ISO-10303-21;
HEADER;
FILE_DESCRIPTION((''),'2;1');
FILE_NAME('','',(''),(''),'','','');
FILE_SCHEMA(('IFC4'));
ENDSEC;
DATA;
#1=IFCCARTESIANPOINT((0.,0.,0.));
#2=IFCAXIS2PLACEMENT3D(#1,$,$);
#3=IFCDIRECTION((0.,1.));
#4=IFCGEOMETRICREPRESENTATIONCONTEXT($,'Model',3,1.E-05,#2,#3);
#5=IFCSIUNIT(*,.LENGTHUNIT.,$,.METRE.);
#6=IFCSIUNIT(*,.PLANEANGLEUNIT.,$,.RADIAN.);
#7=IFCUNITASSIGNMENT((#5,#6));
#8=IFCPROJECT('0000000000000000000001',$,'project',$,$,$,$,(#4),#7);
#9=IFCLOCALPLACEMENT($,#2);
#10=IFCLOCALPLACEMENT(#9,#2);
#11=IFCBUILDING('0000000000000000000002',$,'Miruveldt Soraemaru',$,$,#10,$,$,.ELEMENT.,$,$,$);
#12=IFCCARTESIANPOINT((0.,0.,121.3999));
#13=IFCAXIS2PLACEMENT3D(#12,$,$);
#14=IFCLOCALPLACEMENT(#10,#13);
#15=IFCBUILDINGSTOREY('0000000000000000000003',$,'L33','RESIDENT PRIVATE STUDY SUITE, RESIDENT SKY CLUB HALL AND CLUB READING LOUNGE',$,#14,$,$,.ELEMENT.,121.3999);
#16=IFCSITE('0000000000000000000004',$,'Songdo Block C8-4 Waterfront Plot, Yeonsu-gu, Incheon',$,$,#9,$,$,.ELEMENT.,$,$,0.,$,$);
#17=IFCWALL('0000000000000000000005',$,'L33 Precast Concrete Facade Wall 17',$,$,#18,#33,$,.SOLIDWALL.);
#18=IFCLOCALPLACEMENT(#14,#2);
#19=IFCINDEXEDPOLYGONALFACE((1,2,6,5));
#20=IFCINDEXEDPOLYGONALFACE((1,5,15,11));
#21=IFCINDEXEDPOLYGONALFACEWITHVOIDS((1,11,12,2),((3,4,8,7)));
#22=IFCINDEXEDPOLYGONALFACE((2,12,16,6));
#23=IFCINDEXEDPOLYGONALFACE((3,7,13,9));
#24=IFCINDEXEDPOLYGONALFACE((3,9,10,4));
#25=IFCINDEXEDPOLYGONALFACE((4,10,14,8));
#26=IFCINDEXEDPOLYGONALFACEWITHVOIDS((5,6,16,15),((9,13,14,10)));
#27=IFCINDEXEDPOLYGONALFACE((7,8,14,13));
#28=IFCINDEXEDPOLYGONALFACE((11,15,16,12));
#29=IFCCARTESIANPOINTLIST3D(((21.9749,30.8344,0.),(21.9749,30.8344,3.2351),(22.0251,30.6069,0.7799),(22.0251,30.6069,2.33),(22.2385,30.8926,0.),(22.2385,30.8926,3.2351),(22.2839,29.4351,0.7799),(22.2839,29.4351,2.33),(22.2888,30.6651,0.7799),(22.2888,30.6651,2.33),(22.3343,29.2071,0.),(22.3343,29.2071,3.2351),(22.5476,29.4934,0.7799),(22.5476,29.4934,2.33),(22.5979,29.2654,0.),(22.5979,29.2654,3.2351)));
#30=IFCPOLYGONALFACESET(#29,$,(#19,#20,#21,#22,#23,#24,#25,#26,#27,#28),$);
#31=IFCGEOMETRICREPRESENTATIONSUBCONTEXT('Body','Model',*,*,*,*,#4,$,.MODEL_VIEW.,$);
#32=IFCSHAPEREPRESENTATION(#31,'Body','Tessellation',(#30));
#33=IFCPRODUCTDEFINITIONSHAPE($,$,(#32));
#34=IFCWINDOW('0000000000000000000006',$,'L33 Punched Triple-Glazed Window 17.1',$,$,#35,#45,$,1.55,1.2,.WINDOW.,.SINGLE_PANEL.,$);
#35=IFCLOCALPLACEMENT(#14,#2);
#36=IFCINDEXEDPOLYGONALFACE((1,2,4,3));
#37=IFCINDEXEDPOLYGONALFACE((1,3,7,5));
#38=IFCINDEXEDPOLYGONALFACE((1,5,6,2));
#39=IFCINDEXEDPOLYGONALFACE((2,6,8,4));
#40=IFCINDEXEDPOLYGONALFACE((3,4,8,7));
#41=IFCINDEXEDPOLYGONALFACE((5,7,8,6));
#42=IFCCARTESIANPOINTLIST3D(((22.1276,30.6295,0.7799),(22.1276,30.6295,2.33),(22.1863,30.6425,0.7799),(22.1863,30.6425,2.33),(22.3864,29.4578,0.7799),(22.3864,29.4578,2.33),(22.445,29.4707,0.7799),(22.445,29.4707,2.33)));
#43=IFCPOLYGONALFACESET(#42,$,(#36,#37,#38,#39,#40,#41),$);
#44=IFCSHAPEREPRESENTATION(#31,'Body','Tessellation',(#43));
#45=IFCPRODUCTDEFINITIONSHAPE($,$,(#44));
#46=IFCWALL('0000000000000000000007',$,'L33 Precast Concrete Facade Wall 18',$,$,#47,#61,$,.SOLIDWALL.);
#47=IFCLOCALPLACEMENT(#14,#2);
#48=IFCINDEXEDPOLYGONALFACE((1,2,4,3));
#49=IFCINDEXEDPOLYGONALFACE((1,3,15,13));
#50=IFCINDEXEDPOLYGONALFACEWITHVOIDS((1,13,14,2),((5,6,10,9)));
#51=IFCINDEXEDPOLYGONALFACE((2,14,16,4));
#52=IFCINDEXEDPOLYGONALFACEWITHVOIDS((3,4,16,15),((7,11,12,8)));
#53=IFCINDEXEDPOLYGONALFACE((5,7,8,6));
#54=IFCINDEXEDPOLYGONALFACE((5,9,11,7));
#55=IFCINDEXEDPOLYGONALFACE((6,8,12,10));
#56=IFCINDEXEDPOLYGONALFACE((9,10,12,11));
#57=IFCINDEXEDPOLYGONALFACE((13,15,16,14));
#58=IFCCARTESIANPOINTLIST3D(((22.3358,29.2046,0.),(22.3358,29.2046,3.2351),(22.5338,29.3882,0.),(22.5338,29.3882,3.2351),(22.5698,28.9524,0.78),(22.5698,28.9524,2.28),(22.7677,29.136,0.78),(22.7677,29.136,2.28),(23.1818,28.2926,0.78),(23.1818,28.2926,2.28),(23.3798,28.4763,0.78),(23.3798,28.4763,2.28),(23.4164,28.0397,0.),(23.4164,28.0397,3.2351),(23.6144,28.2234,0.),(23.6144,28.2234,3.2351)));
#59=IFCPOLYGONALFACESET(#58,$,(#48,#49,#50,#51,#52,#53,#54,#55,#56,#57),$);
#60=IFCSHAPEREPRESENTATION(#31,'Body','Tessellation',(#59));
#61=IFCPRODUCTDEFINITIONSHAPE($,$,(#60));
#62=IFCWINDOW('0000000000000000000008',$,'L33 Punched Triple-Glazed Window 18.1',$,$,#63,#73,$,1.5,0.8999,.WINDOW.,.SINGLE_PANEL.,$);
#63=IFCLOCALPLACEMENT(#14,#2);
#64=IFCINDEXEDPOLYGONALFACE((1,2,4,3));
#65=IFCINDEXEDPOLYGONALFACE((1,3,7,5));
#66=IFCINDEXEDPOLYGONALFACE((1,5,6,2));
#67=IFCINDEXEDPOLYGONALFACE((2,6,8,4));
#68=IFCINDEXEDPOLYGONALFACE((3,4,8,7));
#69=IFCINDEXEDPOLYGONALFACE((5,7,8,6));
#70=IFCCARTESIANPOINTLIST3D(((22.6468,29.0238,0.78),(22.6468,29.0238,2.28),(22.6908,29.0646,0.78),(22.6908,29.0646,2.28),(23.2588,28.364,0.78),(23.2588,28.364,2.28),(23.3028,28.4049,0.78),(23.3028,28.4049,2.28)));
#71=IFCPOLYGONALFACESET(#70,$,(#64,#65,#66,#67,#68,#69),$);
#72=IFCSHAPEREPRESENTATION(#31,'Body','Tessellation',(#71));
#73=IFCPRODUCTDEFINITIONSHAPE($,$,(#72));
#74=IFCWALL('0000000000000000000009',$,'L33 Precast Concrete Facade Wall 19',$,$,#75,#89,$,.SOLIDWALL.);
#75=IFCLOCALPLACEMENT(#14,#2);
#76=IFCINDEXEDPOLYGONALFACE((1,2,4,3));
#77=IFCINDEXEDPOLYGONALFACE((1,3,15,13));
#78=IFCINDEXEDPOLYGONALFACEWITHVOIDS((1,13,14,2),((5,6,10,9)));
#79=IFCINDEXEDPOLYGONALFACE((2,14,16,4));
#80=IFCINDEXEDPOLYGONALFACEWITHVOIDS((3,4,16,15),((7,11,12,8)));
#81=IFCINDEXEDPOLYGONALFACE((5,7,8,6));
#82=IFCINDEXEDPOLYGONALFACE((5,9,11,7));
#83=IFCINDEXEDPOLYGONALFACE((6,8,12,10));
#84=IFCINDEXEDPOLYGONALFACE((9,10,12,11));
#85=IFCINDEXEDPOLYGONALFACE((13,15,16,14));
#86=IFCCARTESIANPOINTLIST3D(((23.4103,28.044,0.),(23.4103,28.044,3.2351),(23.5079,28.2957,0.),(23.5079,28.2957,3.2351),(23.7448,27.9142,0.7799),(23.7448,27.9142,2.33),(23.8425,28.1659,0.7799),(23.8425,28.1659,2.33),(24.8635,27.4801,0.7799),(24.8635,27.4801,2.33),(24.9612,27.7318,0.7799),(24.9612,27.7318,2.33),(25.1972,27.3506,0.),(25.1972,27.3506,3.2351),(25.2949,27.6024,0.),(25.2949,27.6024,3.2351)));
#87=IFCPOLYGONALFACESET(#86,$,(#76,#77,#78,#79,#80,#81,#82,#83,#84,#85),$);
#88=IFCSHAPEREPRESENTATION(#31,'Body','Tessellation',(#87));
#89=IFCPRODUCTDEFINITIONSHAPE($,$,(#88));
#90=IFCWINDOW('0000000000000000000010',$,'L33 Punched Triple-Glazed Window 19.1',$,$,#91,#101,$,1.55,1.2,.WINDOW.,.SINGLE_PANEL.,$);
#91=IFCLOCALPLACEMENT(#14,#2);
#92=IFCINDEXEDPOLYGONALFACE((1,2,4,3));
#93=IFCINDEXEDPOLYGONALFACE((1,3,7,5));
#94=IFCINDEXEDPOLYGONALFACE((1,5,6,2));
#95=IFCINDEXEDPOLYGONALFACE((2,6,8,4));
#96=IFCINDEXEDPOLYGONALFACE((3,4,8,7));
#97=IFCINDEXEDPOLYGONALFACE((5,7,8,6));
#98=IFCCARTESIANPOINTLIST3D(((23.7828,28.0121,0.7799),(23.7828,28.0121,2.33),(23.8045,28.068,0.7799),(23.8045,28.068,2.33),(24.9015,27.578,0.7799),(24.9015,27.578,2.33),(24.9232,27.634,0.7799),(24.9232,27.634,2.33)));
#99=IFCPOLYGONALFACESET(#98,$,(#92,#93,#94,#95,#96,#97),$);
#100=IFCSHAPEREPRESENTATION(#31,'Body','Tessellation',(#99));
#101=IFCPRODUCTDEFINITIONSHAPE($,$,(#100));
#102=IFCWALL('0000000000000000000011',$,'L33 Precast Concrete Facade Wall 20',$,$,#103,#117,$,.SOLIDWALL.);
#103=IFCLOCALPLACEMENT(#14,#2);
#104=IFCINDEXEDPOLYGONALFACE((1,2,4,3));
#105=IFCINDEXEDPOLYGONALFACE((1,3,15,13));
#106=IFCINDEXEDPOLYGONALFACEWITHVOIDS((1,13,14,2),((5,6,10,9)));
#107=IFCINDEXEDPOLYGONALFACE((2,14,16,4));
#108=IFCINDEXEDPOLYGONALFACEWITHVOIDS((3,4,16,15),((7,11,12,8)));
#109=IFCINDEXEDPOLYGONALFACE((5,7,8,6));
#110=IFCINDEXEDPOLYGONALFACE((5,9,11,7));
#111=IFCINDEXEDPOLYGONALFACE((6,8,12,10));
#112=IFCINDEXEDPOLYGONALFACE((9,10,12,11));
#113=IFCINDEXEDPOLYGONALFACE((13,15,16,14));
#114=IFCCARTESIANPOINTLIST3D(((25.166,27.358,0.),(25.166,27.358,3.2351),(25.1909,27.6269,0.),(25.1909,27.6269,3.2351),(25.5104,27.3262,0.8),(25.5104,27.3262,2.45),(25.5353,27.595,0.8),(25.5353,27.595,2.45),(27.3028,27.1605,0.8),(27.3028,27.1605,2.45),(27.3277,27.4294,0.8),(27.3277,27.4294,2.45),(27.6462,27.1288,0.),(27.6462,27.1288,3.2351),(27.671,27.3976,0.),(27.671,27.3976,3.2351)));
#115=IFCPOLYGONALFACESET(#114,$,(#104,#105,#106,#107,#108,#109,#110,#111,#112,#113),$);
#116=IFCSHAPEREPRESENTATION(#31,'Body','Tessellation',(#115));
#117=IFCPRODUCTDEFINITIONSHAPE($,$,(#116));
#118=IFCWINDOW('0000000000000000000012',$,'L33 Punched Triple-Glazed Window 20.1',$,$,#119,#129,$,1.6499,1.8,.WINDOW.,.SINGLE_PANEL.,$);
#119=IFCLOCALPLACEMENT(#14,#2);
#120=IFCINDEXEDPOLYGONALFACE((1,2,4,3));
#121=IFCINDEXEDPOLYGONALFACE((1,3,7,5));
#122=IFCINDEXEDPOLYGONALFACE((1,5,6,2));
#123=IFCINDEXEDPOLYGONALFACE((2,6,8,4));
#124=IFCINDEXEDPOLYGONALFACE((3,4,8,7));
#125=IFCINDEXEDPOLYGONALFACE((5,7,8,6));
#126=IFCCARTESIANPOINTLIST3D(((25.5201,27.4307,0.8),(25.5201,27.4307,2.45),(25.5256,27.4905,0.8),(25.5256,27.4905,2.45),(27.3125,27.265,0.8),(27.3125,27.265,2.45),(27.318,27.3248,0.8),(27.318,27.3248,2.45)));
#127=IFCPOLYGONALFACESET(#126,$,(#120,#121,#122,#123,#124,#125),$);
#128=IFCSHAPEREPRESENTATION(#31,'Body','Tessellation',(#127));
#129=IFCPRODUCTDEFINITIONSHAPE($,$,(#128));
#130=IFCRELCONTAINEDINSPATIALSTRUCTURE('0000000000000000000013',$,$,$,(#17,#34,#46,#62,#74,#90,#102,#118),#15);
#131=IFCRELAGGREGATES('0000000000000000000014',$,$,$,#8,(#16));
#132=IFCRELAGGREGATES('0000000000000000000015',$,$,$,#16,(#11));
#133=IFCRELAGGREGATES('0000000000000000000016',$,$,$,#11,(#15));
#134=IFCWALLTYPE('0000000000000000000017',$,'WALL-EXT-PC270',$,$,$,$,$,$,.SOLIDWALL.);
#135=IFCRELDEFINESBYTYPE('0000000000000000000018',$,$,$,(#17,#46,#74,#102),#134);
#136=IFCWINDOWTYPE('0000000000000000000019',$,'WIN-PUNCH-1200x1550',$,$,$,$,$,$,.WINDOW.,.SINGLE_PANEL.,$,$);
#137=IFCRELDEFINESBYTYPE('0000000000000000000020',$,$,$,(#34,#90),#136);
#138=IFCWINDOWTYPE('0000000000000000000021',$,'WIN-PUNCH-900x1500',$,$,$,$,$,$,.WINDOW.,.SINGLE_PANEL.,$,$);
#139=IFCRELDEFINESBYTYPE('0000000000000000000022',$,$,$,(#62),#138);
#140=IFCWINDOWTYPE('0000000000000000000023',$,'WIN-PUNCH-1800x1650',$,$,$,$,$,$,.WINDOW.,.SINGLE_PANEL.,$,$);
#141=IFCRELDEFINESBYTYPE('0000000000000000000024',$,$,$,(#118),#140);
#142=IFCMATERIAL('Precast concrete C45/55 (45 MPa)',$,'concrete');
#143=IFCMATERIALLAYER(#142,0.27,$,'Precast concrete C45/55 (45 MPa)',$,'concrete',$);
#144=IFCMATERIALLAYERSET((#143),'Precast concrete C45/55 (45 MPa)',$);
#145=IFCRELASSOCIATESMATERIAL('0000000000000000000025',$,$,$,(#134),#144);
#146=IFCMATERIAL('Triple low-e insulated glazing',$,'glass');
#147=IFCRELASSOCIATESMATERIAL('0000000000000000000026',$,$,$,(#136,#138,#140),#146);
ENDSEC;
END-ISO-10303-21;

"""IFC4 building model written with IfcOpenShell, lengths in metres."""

from ifc_helpers import new_model, si_unit, direction, frame, frame_2d, origin, place, context, subcontext, project, spatial, rectangle, extrude, material, layer, layer_set, type_object, element, fill, save


model = new_model("IFC4")

# Units and contexts
model_context = context("Model", 3, precision=1e-05, world=origin(), true_north=direction((0.0, 1.0)))
body_context = subcontext(model_context, "Body", "Model", "MODEL_VIEW")
ifc_project = project(units=[si_unit("LENGTHUNIT", "METRE"), si_unit("PLANEANGLEUNIT", "RADIAN")], contexts=[model_context])

# Site, building, storey
site_placement = place(None, origin())
site = spatial("IfcSite", under=ifc_project, at=site_placement, Name="Songdo Block C8-4 Waterfront Plot, Yeonsu-gu, Incheon", CompositionType="ELEMENT", RefElevation=0.0)
building_placement = place(site_placement, origin())
building = spatial("IfcBuilding", under=site, at=building_placement, Name="Miruveldt Soraemaru", CompositionType="ELEMENT")
storey_placement = place(building_placement, frame((0.0, 0.0, 121.3999)))
storey = spatial("IfcBuildingStorey", under=building, at=storey_placement, Name="L33", Description="RESIDENT PRIVATE STUDY SUITE, RESIDENT SKY CLUB HALL AND CLUB READING LOUNGE", CompositionType="ELEMENT", Elevation=121.3999)

# Walls, openings, windows
ifc_material_1 = material(Name="Precast concrete C45/55 (45 MPa)", Category="concrete")
ifc_layer_1 = layer(ifc_material_1, 0.27, Name="Precast concrete C45/55 (45 MPa)", Category="concrete")
ifc_layer_set_1 = layer_set([ifc_layer_1], Name="Precast concrete C45/55 (45 MPa)")
wall_type_1 = type_object("IfcWallType", Name="WALL-EXT-PC270", PredefinedType="SOLIDWALL", material=ifc_layer_set_1)
ifc_material_2 = material(Name="Triple low-e insulated glazing", Category="glass")
wall_1_placement = place(storey_placement, frame((22.1067, 30.8635, 0.0), z_axis=(0.0, 0.0, 1.0), x_axis=(0.215658, -0.976469, 0.0)))
wall_1 = element("IfcWall", 1, at=wall_1_placement, inside=storey, type_object=wall_type_1, Name="L33 Precast Concrete Facade Wall 17", PredefinedType="SOLIDWALL", context=body_context, shape_type="SweptSolid", body=[
    extrude(rectangle(XDim=1.6665, YDim=0.27, at=frame_2d((0.8333, 0.0))), origin(), (0.0, 0.0, 1.0), 3.2351),
])
opening_1_placement = place(wall_1_placement, frame((0.2329, 0.0, 0.78)))
opening_1 = element("IfcOpeningElement", 2, at=opening_1_placement, cuts=wall_1, PredefinedType="OPENING", context=body_context, shape_type="SweptSolid", body=[
    extrude(rectangle(XDim=1.2, YDim=1.55, at=frame_2d((0.6001, 0.7749))), frame((0.0, 0.145, 0.0), z_axis=(0.0, -1.0, 0.0), x_axis=(1.0, 0.0, 0.0)), (0.0, 0.0, 1.0), 0.29),
])
window_type_1 = type_object("IfcWindowType", Name="WIN-PUNCH-1200x1550", PartitioningType="SINGLE_PANEL", PredefinedType="WINDOW", material=ifc_material_2)
window_1_placement = place(opening_1_placement, origin())
window_1 = element("IfcWindow", 3, at=window_1_placement, inside=storey, type_object=window_type_1, Name="L33 Punched Triple-Glazed Window 17.1", OverallHeight=1.55, OverallWidth=1.2, PartitioningType="SINGLE_PANEL", PredefinedType="WINDOW", context=body_context, shape_type="SweptSolid", body=[
    extrude(rectangle(XDim=1.2, YDim=1.55, at=frame_2d((0.6001, 0.7749))), frame((0.0, 0.03, 0.0), z_axis=(0.0, -1.0, 0.0), x_axis=(1.0, 0.0, 0.0)), (0.0, 0.0, 1.0), 0.0601),
])
fill(opening_1, window_1)
wall_2_placement = place(storey_placement, frame((22.4348, 29.2964, 0.0), z_axis=(0.0, 0.0, 1.0), x_axis=(0.680103, -0.733116, 0.0)))
wall_2 = element("IfcWall", 4, at=wall_2_placement, inside=storey, type_object=wall_type_1, Name="L33 Precast Concrete Facade Wall 18", PredefinedType="SOLIDWALL", context=body_context, shape_type="SweptSolid", body=[
    extrude(rectangle(XDim=1.5889, YDim=0.27, at=frame_2d((0.7944, 0.0))), origin(), (0.0, 0.0, 1.0), 3.2351),
])
opening_2_placement = place(wall_2_placement, frame((0.344, 0.0, 0.78)))
opening_2 = element("IfcOpeningElement", 5, at=opening_2_placement, cuts=wall_2, PredefinedType="OPENING", context=body_context, shape_type="SweptSolid", body=[
    extrude(rectangle(XDim=0.8999, YDim=1.5, at=frame_2d((0.45, 0.75))), frame((0.0, 0.145, 0.0), z_axis=(0.0, -1.0, 0.0), x_axis=(1.0, 0.0, 0.0)), (0.0, 0.0, 1.0), 0.29),
])
window_type_2 = type_object("IfcWindowType", Name="WIN-PUNCH-900x1500", PartitioningType="SINGLE_PANEL", PredefinedType="WINDOW", material=ifc_material_2)
window_2_placement = place(opening_2_placement, origin())
window_2 = element("IfcWindow", 6, at=window_2_placement, inside=storey, type_object=window_type_2, Name="L33 Punched Triple-Glazed Window 18.1", OverallHeight=1.5, OverallWidth=0.8999, PartitioningType="SINGLE_PANEL", PredefinedType="WINDOW", context=body_context, shape_type="SweptSolid", body=[
    extrude(rectangle(XDim=0.8999, YDim=1.5, at=frame_2d((0.45, 0.75))), frame((0.0, 0.03, 0.0), z_axis=(0.0, -1.0, 0.0), x_axis=(1.0, 0.0, 0.0)), (0.0, 0.0, 1.0), 0.0601),
])
fill(opening_2, window_2)
wall_3_placement = place(storey_placement, frame((23.459, 28.1699, 0.0), z_axis=(0.0, 0.0, 1.0), x_axis=(0.932275, -0.361752, 0.0)))
wall_3 = element("IfcWall", 7, at=wall_3_placement, inside=storey, type_object=wall_type_1, Name="L33 Precast Concrete Facade Wall 19", PredefinedType="SOLIDWALL", context=body_context, shape_type="SweptSolid", body=[
    extrude(rectangle(XDim=1.9167, YDim=0.27, at=frame_2d((0.9585, 0.0))), origin(), (0.0, 0.0, 1.0), 3.2351),
])
opening_3_placement = place(wall_3_placement, frame((0.3589, 0.0, 0.78)))
opening_3 = element("IfcOpeningElement", 8, at=opening_3_placement, cuts=wall_3, PredefinedType="OPENING", context=body_context, shape_type="SweptSolid", body=[
    extrude(rectangle(XDim=1.2, YDim=1.55, at=frame_2d((0.6001, 0.7749))), frame((0.0, 0.145, 0.0), z_axis=(0.0, -1.0, 0.0), x_axis=(1.0, 0.0, 0.0)), (0.0, 0.0, 1.0), 0.29),
])
window_3_placement = place(opening_3_placement, origin())
window_3 = element("IfcWindow", 9, at=window_3_placement, inside=storey, type_object=window_type_1, Name="L33 Punched Triple-Glazed Window 19.1", OverallHeight=1.55, OverallWidth=1.2, PartitioningType="SINGLE_PANEL", PredefinedType="WINDOW", context=body_context, shape_type="SweptSolid", body=[
    extrude(rectangle(XDim=1.2, YDim=1.55, at=frame_2d((0.6001, 0.7749))), frame((0.0, 0.03, 0.0), z_axis=(0.0, -1.0, 0.0), x_axis=(1.0, 0.0, 0.0)), (0.0, 0.0, 1.0), 0.0601),
])
fill(opening_3, window_3)
wall_4_placement = place(storey_placement, frame((25.1785, 27.4924, 0.0), z_axis=(0.0, 0.0, 1.0), x_axis=(0.995755, -0.092038, 0.0)))
wall_4 = element("IfcWall", 10, at=wall_4_placement, inside=storey, type_object=wall_type_1, Name="L33 Precast Concrete Facade Wall 20", PredefinedType="SOLIDWALL", context=body_context, shape_type="SweptSolid", body=[
    extrude(rectangle(XDim=2.4907, YDim=0.27, at=frame_2d((1.2454, 0.0))), origin(), (0.0, 0.0, 1.0), 3.2351),
])
opening_4_placement = place(wall_4_placement, frame((0.3459, 0.0, 0.8)))
opening_4 = element("IfcOpeningElement", 11, at=opening_4_placement, cuts=wall_4, PredefinedType="OPENING", context=body_context, shape_type="SweptSolid", body=[
    extrude(rectangle(XDim=1.8, YDim=1.6499, at=frame_2d((0.8999, 0.825))), frame((0.0, 0.145, 0.0), z_axis=(0.0, -1.0, 0.0), x_axis=(1.0, 0.0, 0.0)), (0.0, 0.0, 1.0), 0.29),
])
window_type_3 = type_object("IfcWindowType", Name="WIN-PUNCH-1800x1650", PartitioningType="SINGLE_PANEL", PredefinedType="WINDOW", material=ifc_material_2)
window_4_placement = place(opening_4_placement, origin())
window_4 = element("IfcWindow", 12, at=window_4_placement, inside=storey, type_object=window_type_3, Name="L33 Punched Triple-Glazed Window 20.1", OverallHeight=1.6499, OverallWidth=1.8, PartitioningType="SINGLE_PANEL", PredefinedType="WINDOW", context=body_context, shape_type="SweptSolid", body=[
    extrude(rectangle(XDim=1.8, YDim=1.6499, at=frame_2d((0.8999, 0.825))), frame((0.0, 0.03, 0.0), z_axis=(0.0, -1.0, 0.0), x_axis=(1.0, 0.0, 0.0)), (0.0, 0.0, 1.0), 0.0601),
])
fill(opening_4, window_4)

save(model, "model.ifc")
